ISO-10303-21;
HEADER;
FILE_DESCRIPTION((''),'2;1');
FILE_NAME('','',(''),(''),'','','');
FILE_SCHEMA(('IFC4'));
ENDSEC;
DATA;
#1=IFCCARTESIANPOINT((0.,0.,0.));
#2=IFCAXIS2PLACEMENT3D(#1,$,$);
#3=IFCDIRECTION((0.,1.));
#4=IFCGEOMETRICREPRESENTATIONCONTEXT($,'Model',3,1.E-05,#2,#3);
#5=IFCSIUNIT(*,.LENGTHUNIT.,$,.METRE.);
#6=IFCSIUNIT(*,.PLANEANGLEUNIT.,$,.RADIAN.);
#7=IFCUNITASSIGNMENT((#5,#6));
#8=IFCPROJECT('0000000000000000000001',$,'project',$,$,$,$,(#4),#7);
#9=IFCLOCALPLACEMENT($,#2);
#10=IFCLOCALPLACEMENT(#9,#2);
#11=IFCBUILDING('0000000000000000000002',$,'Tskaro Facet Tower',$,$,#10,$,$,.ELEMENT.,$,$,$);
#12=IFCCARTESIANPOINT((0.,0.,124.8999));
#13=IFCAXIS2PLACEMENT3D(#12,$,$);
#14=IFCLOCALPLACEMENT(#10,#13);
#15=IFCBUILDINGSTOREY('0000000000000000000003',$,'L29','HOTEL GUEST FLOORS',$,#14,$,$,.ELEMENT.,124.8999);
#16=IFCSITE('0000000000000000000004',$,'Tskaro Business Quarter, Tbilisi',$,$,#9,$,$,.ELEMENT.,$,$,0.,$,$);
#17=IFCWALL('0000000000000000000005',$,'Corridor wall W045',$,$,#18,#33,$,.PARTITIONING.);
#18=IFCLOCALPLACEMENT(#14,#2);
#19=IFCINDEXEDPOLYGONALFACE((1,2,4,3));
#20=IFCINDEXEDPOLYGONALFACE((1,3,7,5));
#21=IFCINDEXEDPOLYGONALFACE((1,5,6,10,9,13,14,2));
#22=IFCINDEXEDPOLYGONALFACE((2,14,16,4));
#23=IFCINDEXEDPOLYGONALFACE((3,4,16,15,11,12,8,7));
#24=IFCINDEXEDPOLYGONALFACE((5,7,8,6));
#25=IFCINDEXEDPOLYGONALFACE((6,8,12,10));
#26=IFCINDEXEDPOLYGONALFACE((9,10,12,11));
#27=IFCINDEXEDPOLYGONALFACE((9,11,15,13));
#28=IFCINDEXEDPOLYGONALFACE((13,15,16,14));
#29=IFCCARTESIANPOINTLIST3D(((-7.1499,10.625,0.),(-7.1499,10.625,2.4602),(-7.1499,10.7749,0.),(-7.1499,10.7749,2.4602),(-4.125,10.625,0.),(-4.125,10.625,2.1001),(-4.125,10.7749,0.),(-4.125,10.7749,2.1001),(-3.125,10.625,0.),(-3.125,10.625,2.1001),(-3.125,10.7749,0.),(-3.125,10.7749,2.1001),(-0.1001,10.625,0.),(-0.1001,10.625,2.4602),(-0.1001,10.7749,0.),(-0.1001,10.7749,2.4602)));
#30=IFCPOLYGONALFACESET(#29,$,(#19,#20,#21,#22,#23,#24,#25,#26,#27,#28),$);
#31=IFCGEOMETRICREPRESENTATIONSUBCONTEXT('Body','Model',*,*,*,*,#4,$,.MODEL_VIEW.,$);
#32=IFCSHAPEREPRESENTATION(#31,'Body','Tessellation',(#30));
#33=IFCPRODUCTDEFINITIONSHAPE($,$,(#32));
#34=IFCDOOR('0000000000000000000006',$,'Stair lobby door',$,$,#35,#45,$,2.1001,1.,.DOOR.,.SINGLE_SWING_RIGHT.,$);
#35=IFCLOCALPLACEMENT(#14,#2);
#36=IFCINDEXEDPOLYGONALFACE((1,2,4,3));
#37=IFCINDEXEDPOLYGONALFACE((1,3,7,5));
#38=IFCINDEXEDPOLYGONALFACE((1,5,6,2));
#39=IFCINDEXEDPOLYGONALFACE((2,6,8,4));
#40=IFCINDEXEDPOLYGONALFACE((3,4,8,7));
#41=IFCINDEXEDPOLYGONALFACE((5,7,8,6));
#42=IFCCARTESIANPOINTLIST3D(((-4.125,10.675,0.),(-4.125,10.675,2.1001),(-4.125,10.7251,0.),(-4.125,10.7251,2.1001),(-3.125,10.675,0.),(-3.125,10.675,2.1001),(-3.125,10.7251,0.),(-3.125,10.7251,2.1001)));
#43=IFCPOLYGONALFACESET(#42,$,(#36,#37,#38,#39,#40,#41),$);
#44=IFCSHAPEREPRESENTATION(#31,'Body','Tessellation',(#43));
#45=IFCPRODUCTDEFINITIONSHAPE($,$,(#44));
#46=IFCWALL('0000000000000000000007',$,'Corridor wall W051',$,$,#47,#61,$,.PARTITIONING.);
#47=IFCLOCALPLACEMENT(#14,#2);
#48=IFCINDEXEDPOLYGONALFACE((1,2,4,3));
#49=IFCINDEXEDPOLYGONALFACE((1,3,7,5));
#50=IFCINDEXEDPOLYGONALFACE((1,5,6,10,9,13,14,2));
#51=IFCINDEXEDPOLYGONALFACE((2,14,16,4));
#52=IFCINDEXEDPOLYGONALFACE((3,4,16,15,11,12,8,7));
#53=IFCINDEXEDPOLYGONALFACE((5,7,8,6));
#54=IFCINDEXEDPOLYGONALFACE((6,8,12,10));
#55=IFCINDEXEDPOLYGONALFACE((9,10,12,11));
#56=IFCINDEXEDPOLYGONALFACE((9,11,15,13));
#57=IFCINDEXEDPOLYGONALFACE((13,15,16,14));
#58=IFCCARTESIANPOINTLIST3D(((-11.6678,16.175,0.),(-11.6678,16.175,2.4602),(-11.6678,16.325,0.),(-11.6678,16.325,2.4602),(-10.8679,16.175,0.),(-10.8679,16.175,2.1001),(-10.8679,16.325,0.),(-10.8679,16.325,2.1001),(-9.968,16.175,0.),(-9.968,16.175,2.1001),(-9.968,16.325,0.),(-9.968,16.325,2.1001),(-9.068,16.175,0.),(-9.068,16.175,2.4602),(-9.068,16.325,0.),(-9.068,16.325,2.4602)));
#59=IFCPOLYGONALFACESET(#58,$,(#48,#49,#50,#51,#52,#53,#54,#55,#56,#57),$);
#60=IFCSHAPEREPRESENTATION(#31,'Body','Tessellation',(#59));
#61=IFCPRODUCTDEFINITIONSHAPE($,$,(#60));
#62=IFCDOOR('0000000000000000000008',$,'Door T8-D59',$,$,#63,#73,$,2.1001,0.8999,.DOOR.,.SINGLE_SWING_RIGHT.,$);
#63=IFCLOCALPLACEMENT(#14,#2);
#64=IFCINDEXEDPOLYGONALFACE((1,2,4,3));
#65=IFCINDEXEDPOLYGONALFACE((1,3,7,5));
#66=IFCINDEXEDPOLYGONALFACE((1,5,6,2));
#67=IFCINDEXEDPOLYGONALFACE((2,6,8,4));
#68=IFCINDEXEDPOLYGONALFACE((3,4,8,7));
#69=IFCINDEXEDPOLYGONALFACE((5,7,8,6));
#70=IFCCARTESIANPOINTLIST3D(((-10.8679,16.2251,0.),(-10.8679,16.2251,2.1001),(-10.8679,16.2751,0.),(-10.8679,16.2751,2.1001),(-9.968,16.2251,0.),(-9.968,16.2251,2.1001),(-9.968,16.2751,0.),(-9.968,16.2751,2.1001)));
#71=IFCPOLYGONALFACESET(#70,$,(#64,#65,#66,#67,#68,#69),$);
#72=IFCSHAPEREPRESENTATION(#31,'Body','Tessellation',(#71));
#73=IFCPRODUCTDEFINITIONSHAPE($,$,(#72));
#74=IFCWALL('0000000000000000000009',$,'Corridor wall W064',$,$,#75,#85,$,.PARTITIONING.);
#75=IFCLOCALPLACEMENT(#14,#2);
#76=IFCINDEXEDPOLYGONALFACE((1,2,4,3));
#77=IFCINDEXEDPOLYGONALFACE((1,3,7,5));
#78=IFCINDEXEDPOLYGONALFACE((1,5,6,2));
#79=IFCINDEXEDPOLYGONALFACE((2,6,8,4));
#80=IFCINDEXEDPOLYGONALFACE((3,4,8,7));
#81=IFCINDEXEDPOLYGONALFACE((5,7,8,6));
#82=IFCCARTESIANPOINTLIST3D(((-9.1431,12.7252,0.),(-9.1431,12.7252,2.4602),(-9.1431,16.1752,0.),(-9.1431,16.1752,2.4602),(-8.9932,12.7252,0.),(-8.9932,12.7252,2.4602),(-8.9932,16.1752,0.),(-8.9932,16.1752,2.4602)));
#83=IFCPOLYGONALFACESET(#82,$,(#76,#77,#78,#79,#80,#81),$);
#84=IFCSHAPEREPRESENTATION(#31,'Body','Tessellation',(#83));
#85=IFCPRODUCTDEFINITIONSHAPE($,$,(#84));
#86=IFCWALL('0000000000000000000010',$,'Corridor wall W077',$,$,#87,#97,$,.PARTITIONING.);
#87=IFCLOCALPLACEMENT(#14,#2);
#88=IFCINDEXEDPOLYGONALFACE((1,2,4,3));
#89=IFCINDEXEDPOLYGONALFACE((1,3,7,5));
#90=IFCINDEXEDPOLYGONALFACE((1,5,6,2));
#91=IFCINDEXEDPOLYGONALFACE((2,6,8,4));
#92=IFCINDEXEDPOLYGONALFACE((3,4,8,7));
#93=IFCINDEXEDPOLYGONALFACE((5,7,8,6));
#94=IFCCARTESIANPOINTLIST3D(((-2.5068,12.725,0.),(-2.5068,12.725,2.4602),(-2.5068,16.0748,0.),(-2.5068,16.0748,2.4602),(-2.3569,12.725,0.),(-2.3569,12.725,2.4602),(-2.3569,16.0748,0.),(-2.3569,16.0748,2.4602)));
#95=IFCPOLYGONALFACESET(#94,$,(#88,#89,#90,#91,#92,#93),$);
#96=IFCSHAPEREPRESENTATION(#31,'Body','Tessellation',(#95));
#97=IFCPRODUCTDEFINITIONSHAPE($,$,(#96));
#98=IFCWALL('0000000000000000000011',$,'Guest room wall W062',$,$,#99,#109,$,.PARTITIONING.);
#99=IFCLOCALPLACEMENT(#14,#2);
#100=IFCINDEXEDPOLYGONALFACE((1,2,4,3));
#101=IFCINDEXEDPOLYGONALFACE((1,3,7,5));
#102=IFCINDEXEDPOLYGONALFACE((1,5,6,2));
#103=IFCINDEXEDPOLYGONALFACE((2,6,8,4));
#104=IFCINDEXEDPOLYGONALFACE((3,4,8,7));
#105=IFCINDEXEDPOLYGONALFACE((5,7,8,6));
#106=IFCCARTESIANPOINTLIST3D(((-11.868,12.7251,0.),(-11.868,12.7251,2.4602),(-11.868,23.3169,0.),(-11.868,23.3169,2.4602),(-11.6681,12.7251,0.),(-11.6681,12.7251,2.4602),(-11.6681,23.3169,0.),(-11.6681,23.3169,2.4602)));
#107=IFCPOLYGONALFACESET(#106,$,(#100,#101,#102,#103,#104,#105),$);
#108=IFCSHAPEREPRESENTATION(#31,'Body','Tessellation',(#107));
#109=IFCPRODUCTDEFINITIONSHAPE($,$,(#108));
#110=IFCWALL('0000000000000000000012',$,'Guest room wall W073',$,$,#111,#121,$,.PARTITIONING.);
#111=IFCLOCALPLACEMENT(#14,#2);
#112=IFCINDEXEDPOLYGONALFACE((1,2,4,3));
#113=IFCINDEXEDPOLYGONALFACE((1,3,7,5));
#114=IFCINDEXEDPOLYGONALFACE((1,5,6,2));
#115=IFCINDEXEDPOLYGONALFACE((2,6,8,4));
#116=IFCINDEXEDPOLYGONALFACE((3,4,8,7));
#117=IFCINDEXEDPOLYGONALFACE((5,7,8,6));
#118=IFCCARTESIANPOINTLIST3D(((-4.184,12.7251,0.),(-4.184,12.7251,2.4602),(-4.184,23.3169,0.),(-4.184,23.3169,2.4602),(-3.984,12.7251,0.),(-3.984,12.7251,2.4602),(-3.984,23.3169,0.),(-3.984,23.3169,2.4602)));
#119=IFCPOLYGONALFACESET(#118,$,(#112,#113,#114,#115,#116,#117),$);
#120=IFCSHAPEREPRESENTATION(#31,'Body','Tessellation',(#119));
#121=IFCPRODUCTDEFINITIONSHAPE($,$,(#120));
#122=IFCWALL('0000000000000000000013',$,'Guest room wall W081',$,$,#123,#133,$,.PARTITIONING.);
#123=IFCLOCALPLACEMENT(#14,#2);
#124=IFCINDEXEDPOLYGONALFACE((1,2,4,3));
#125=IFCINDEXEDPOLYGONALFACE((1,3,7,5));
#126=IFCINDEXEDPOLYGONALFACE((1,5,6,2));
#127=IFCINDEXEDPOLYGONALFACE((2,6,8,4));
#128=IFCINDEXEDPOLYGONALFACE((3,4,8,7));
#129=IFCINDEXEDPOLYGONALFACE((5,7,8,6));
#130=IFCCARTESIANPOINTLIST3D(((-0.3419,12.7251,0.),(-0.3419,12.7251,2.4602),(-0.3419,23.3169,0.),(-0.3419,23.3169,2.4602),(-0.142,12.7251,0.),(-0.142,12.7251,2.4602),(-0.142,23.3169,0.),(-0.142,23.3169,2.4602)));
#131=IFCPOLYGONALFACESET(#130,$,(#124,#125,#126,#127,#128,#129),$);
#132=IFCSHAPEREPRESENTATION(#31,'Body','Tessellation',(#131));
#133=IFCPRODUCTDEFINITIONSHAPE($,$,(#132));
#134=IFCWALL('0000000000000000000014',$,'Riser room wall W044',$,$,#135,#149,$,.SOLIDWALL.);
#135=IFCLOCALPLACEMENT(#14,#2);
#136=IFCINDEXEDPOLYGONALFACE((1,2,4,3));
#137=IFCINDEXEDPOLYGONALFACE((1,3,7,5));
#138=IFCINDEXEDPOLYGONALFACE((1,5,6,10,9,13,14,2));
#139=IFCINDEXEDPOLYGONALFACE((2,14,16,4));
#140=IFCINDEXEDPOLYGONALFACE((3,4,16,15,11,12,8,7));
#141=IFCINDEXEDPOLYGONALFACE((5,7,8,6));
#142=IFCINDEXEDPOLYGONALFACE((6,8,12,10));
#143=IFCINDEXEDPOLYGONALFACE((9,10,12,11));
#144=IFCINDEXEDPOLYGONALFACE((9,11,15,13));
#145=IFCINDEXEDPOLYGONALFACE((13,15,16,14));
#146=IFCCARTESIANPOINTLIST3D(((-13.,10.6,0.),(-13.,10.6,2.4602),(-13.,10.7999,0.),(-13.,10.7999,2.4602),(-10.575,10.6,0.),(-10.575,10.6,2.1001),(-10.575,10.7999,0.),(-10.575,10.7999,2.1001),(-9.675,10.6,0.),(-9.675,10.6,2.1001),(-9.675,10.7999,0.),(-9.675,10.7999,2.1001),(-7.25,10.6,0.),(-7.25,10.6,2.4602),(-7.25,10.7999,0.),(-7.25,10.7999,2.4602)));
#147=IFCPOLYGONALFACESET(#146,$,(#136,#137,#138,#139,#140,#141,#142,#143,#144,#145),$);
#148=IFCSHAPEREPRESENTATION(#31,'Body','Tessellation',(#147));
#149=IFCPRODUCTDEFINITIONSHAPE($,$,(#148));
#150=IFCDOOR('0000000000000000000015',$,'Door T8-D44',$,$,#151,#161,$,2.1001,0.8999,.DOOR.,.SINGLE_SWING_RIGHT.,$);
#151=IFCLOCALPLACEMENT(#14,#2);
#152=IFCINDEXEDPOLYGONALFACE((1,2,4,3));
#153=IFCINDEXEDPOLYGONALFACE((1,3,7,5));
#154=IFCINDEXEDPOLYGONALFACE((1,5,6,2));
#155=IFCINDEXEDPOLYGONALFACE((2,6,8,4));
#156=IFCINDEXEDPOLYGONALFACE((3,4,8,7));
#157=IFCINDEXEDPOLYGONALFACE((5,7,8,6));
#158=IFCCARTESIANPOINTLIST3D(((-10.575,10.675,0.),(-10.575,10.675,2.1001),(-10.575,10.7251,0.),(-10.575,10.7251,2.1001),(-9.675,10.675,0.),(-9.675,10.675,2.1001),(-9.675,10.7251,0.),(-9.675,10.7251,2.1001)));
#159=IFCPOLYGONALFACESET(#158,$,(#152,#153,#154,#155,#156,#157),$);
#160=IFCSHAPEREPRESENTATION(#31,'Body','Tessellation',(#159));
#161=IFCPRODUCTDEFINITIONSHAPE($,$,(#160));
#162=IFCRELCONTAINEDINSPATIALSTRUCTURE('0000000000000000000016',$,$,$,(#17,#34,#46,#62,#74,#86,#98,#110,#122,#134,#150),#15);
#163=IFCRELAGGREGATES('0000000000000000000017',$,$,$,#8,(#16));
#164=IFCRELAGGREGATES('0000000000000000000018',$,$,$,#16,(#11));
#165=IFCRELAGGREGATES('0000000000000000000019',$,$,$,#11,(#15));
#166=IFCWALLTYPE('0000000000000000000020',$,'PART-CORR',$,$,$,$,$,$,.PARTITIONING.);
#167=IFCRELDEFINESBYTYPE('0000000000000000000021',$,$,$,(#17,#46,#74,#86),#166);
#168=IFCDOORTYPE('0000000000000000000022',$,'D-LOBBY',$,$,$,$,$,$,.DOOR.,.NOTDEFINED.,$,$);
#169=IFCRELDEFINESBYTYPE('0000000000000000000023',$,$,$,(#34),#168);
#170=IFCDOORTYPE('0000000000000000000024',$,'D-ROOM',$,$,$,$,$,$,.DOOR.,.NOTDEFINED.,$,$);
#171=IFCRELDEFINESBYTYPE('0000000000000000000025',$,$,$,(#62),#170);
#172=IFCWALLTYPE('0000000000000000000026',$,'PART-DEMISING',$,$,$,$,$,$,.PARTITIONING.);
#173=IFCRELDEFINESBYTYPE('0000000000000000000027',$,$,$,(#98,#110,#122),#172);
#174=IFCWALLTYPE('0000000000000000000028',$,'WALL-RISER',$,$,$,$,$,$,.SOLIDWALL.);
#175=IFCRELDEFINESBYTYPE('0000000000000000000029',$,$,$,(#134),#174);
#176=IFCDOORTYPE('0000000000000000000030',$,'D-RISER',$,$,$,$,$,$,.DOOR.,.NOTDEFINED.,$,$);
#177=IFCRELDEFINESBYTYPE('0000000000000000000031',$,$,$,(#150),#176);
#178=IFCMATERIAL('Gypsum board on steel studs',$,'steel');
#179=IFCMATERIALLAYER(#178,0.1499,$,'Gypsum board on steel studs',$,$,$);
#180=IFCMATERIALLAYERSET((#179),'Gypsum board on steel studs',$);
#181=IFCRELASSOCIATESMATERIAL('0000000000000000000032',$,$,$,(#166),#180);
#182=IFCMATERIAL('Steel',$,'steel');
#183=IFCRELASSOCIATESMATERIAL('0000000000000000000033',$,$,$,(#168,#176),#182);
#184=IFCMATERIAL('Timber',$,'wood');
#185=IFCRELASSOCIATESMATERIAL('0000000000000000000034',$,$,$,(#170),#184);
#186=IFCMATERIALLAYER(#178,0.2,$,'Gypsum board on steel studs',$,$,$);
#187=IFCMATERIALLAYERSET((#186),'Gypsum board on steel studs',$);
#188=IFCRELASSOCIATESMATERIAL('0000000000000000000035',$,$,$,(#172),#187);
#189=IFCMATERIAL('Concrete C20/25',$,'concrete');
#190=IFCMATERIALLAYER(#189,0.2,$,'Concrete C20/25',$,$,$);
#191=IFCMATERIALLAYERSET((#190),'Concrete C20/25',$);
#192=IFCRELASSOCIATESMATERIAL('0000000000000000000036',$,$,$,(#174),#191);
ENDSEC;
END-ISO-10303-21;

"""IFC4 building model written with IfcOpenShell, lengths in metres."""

from ifc_helpers import new_model, si_unit, direction, frame, frame_2d, origin, place, context, subcontext, project, spatial, rectangle, extrude, material, layer, layer_set, type_object, element, fill, save


model = new_model("IFC4")

# Units and contexts
model_context = context("Model", 3, precision=1e-05, world=origin(), true_north=direction((0.0, 1.0)))
body_context = subcontext(model_context, "Body", "Model", "MODEL_VIEW")
ifc_project = project(units=[si_unit("LENGTHUNIT", "METRE"), si_unit("PLANEANGLEUNIT", "RADIAN")], contexts=[model_context])

# Site, building, storey
site_placement = place(None, origin())
site = spatial("IfcSite", under=ifc_project, at=site_placement, Name="Tskaro Business Quarter, Tbilisi", CompositionType="ELEMENT", RefElevation=0.0)
building_placement = place(site_placement, origin())
building = spatial("IfcBuilding", under=site, at=building_placement, Name="Tskaro Facet Tower", CompositionType="ELEMENT")
storey_placement = place(building_placement, frame((0.0, 0.0, 124.8999)))
storey = spatial("IfcBuildingStorey", under=building, at=storey_placement, Name="L29", Description="HOTEL GUEST FLOORS", CompositionType="ELEMENT", Elevation=124.8999)

# Walls, openings, doors
ifc_material_1 = material(Name="Gypsum board on steel studs", Category="steel")
ifc_layer_1 = layer(ifc_material_1, 0.1499, Name="Gypsum board on steel studs")
ifc_layer_set_1 = layer_set([ifc_layer_1], Name="Gypsum board on steel studs")
wall_type_1 = type_object("IfcWallType", Name="PART-CORR", PredefinedType="PARTITIONING", material=ifc_layer_set_1)
wall_1_placement = place(storey_placement, frame((-0.1001, 10.7, 0.0), z_axis=(0.0, 0.0, 1.0), x_axis=(-1.0, 0.0, 0.0)))
wall_1 = element("IfcWall", 1, at=wall_1_placement, inside=storey, type_object=wall_type_1, Name="Corridor wall W045", PredefinedType="PARTITIONING", context=body_context, shape_type="SweptSolid", body=[
    extrude(rectangle(XDim=7.0498, YDim=0.1499, at=frame_2d((3.5249, 0.0))), origin(), (0.0, 0.0, 1.0), 2.4602),
])
opening_1_placement = place(wall_1_placement, frame((3.0249, 0.0, 0.0)))
opening_1 = element("IfcOpeningElement", 2, at=opening_1_placement, cuts=wall_1, PredefinedType="OPENING", context=body_context, shape_type="SweptSolid", body=[
    extrude(rectangle(XDim=1.0, YDim=2.1001, at=frame_2d((0.5, 1.05))), frame((0.0, 0.085, 0.0), z_axis=(0.0, -1.0, 0.0), x_axis=(1.0, 0.0, 0.0)), (0.0, 0.0, 1.0), 0.1699),
])
ifc_material_2 = material(Name="Steel", Category="steel")
door_type_1 = type_object("IfcDoorType", Name="D-LOBBY", OperationType="NOTDEFINED", PredefinedType="DOOR", material=ifc_material_2)
door_1_placement = place(opening_1_placement, origin())
door_1 = element("IfcDoor", 3, at=door_1_placement, inside=storey, type_object=door_type_1, Name="Stair lobby door", OperationType="SINGLE_SWING_RIGHT", OverallHeight=2.1001, OverallWidth=1.0, PredefinedType="DOOR", context=body_context, shape_type="SweptSolid", body=[
    extrude(rectangle(XDim=1.0, YDim=2.1001, at=frame_2d((0.5, 1.05))), frame((0.0, 0.0249, 0.0), z_axis=(0.0, -1.0, 0.0), x_axis=(1.0, 0.0, 0.0)), (0.0, 0.0, 1.0), 0.05),
])
fill(opening_1, door_1)
wall_2_placement = place(storey_placement, frame((-9.0681, 16.25, 0.0), z_axis=(0.0, 0.0, 1.0), x_axis=(-1.0, 0.0, 0.0)))
wall_2 = element("IfcWall", 4, at=wall_2_placement, inside=storey, type_object=wall_type_1, Name="Corridor wall W051", PredefinedType="PARTITIONING", context=body_context, shape_type="SweptSolid", body=[
    extrude(rectangle(XDim=2.5999, YDim=0.1499, at=frame_2d((1.2998, 0.0))), origin(), (0.0, 0.0, 1.0), 2.4602),
])
opening_2_placement = place(wall_2_placement, frame((0.8999, 0.0, 0.0)))
opening_2 = element("IfcOpeningElement", 5, at=opening_2_placement, cuts=wall_2, PredefinedType="OPENING", context=body_context, shape_type="SweptSolid", body=[
    extrude(rectangle(XDim=0.8999, YDim=2.1001, at=frame_2d((0.45, 1.05))), frame((0.0, 0.085, 0.0), z_axis=(0.0, -1.0, 0.0), x_axis=(1.0, 0.0, 0.0)), (0.0, 0.0, 1.0), 0.1699),
])
ifc_material_3 = material(Name="Timber", Category="wood")
door_type_2 = type_object("IfcDoorType", Name="D-ROOM", OperationType="NOTDEFINED", PredefinedType="DOOR", material=ifc_material_3)
door_2_placement = place(opening_2_placement, origin())
door_2 = element("IfcDoor", 6, at=door_2_placement, inside=storey, type_object=door_type_2, Name="Door T8-D59", OperationType="SINGLE_SWING_RIGHT", OverallHeight=2.1001, OverallWidth=0.8999, PredefinedType="DOOR", context=body_context, shape_type="SweptSolid", body=[
    extrude(rectangle(XDim=0.8999, YDim=2.1001, at=frame_2d((0.45, 1.05))), frame((0.0, 0.0249, 0.0), z_axis=(0.0, -1.0, 0.0), x_axis=(1.0, 0.0, 0.0)), (0.0, 0.0, 1.0), 0.05),
])
fill(opening_2, door_2)

# Walls
wall_3_placement = place(storey_placement, frame((-9.0681, 12.7251, 0.0), z_axis=(0.0, 0.0, 1.0), x_axis=(0.0, 1.0, 0.0)))
element("IfcWall", 7, at=wall_3_placement, inside=storey, type_object=wall_type_1, Name="Corridor wall W064", PredefinedType="PARTITIONING", context=body_context, shape_type="SweptSolid", body=[
    extrude(rectangle(XDim=3.45, YDim=0.1499, at=frame_2d((1.7251, 0.0))), origin(), (0.0, 0.0, 1.0), 2.4602),
])
wall_4_placement = place(storey_placement, frame((-2.4319, 12.7251, 0.0), z_axis=(0.0, 0.0, 1.0), x_axis=(0.0, 1.0, 0.0)))
element("IfcWall", 8, at=wall_4_placement, inside=storey, type_object=wall_type_1, Name="Corridor wall W077", PredefinedType="PARTITIONING", context=body_context, shape_type="SweptSolid", body=[
    extrude(rectangle(XDim=3.3499, YDim=0.1499, at=frame_2d((1.6748, 0.0))), origin(), (0.0, 0.0, 1.0), 2.4602),
])
ifc_layer_2 = layer(ifc_material_1, 0.2, Name="Gypsum board on steel studs")
ifc_layer_set_2 = layer_set([ifc_layer_2], Name="Gypsum board on steel studs")
wall_type_2 = type_object("IfcWallType", Name="PART-DEMISING", PredefinedType="PARTITIONING", material=ifc_layer_set_2)
for number, where, z_axis, x_axis, name in (
    (9, (-11.7681, 12.7251, 0.0), (0.0, 0.0, 1.0), (0.0, 1.0, 0.0), "Guest room wall W062"),
    (10, (-4.084, 12.7251, 0.0), (0.0, 0.0, 1.0), (0.0, 1.0, 0.0), "Guest room wall W073"),
    (11, (-0.2419, 12.7251, 0.0), (0.0, 0.0, 1.0), (0.0, 1.0, 0.0), "Guest room wall W081"),
):
    element("IfcWall", number, at=place(storey_placement, frame(where, z_axis=z_axis, x_axis=x_axis)), inside=storey, type_object=wall_type_2, Name=name, PredefinedType="PARTITIONING", context=body_context, shape_type="SweptSolid", body=[
        extrude(rectangle(XDim=10.5918, YDim=0.2, at=frame_2d((5.2959, 0.0))), origin(), (0.0, 0.0, 1.0), 2.4602),
    ])

# Wall, opening, door
ifc_material_4 = material(Name="Concrete C20/25", Category="concrete")
ifc_layer_3 = layer(ifc_material_4, 0.2, Name="Concrete C20/25")
ifc_layer_set_3 = layer_set([ifc_layer_3], Name="Concrete C20/25")
wall_type_3 = type_object("IfcWallType", Name="WALL-RISER", PredefinedType="SOLIDWALL", material=ifc_layer_set_3)
wall_5_placement = place(storey_placement, frame((-7.25, 10.7, 0.0), z_axis=(0.0, 0.0, 1.0), x_axis=(-1.0, 0.0, 0.0)))
wall_5 = element("IfcWall", 12, at=wall_5_placement, inside=storey, type_object=wall_type_3, Name="Riser room wall W044", PredefinedType="SOLIDWALL", context=body_context, shape_type="SweptSolid", body=[
    extrude(rectangle(XDim=5.75, YDim=0.2, at=frame_2d((2.875, 0.0))), origin(), (0.0, 0.0, 1.0), 2.4602),
])
opening_3_placement = place(wall_5_placement, frame((2.425, 0.0, 0.0)))
opening_3 = element("IfcOpeningElement", 13, at=opening_3_placement, cuts=wall_5, PredefinedType="OPENING", context=body_context, shape_type="SweptSolid", body=[
    extrude(rectangle(XDim=0.8999, YDim=2.1001, at=frame_2d((0.45, 1.05))), frame((0.0, 0.1099, 0.0), z_axis=(0.0, -1.0, 0.0), x_axis=(1.0, 0.0, 0.0)), (0.0, 0.0, 1.0), 0.22),
])
door_type_3 = type_object("IfcDoorType", Name="D-RISER", OperationType="NOTDEFINED", PredefinedType="DOOR", material=ifc_material_2)
door_3_placement = place(opening_3_placement, origin())
door_3 = element("IfcDoor", 14, at=door_3_placement, inside=storey, type_object=door_type_3, Name="Door T8-D44", OperationType="SINGLE_SWING_RIGHT", OverallHeight=2.1001, OverallWidth=0.8999, PredefinedType="DOOR", context=body_context, shape_type="SweptSolid", body=[
    extrude(rectangle(XDim=0.8999, YDim=2.1001, at=frame_2d((0.45, 1.05))), frame((0.0, 0.0249, 0.0), z_axis=(0.0, -1.0, 0.0), x_axis=(1.0, 0.0, 0.0)), (0.0, 0.0, 1.0), 0.05),
])
fill(opening_3, door_3)

save(model, "model.ifc")
